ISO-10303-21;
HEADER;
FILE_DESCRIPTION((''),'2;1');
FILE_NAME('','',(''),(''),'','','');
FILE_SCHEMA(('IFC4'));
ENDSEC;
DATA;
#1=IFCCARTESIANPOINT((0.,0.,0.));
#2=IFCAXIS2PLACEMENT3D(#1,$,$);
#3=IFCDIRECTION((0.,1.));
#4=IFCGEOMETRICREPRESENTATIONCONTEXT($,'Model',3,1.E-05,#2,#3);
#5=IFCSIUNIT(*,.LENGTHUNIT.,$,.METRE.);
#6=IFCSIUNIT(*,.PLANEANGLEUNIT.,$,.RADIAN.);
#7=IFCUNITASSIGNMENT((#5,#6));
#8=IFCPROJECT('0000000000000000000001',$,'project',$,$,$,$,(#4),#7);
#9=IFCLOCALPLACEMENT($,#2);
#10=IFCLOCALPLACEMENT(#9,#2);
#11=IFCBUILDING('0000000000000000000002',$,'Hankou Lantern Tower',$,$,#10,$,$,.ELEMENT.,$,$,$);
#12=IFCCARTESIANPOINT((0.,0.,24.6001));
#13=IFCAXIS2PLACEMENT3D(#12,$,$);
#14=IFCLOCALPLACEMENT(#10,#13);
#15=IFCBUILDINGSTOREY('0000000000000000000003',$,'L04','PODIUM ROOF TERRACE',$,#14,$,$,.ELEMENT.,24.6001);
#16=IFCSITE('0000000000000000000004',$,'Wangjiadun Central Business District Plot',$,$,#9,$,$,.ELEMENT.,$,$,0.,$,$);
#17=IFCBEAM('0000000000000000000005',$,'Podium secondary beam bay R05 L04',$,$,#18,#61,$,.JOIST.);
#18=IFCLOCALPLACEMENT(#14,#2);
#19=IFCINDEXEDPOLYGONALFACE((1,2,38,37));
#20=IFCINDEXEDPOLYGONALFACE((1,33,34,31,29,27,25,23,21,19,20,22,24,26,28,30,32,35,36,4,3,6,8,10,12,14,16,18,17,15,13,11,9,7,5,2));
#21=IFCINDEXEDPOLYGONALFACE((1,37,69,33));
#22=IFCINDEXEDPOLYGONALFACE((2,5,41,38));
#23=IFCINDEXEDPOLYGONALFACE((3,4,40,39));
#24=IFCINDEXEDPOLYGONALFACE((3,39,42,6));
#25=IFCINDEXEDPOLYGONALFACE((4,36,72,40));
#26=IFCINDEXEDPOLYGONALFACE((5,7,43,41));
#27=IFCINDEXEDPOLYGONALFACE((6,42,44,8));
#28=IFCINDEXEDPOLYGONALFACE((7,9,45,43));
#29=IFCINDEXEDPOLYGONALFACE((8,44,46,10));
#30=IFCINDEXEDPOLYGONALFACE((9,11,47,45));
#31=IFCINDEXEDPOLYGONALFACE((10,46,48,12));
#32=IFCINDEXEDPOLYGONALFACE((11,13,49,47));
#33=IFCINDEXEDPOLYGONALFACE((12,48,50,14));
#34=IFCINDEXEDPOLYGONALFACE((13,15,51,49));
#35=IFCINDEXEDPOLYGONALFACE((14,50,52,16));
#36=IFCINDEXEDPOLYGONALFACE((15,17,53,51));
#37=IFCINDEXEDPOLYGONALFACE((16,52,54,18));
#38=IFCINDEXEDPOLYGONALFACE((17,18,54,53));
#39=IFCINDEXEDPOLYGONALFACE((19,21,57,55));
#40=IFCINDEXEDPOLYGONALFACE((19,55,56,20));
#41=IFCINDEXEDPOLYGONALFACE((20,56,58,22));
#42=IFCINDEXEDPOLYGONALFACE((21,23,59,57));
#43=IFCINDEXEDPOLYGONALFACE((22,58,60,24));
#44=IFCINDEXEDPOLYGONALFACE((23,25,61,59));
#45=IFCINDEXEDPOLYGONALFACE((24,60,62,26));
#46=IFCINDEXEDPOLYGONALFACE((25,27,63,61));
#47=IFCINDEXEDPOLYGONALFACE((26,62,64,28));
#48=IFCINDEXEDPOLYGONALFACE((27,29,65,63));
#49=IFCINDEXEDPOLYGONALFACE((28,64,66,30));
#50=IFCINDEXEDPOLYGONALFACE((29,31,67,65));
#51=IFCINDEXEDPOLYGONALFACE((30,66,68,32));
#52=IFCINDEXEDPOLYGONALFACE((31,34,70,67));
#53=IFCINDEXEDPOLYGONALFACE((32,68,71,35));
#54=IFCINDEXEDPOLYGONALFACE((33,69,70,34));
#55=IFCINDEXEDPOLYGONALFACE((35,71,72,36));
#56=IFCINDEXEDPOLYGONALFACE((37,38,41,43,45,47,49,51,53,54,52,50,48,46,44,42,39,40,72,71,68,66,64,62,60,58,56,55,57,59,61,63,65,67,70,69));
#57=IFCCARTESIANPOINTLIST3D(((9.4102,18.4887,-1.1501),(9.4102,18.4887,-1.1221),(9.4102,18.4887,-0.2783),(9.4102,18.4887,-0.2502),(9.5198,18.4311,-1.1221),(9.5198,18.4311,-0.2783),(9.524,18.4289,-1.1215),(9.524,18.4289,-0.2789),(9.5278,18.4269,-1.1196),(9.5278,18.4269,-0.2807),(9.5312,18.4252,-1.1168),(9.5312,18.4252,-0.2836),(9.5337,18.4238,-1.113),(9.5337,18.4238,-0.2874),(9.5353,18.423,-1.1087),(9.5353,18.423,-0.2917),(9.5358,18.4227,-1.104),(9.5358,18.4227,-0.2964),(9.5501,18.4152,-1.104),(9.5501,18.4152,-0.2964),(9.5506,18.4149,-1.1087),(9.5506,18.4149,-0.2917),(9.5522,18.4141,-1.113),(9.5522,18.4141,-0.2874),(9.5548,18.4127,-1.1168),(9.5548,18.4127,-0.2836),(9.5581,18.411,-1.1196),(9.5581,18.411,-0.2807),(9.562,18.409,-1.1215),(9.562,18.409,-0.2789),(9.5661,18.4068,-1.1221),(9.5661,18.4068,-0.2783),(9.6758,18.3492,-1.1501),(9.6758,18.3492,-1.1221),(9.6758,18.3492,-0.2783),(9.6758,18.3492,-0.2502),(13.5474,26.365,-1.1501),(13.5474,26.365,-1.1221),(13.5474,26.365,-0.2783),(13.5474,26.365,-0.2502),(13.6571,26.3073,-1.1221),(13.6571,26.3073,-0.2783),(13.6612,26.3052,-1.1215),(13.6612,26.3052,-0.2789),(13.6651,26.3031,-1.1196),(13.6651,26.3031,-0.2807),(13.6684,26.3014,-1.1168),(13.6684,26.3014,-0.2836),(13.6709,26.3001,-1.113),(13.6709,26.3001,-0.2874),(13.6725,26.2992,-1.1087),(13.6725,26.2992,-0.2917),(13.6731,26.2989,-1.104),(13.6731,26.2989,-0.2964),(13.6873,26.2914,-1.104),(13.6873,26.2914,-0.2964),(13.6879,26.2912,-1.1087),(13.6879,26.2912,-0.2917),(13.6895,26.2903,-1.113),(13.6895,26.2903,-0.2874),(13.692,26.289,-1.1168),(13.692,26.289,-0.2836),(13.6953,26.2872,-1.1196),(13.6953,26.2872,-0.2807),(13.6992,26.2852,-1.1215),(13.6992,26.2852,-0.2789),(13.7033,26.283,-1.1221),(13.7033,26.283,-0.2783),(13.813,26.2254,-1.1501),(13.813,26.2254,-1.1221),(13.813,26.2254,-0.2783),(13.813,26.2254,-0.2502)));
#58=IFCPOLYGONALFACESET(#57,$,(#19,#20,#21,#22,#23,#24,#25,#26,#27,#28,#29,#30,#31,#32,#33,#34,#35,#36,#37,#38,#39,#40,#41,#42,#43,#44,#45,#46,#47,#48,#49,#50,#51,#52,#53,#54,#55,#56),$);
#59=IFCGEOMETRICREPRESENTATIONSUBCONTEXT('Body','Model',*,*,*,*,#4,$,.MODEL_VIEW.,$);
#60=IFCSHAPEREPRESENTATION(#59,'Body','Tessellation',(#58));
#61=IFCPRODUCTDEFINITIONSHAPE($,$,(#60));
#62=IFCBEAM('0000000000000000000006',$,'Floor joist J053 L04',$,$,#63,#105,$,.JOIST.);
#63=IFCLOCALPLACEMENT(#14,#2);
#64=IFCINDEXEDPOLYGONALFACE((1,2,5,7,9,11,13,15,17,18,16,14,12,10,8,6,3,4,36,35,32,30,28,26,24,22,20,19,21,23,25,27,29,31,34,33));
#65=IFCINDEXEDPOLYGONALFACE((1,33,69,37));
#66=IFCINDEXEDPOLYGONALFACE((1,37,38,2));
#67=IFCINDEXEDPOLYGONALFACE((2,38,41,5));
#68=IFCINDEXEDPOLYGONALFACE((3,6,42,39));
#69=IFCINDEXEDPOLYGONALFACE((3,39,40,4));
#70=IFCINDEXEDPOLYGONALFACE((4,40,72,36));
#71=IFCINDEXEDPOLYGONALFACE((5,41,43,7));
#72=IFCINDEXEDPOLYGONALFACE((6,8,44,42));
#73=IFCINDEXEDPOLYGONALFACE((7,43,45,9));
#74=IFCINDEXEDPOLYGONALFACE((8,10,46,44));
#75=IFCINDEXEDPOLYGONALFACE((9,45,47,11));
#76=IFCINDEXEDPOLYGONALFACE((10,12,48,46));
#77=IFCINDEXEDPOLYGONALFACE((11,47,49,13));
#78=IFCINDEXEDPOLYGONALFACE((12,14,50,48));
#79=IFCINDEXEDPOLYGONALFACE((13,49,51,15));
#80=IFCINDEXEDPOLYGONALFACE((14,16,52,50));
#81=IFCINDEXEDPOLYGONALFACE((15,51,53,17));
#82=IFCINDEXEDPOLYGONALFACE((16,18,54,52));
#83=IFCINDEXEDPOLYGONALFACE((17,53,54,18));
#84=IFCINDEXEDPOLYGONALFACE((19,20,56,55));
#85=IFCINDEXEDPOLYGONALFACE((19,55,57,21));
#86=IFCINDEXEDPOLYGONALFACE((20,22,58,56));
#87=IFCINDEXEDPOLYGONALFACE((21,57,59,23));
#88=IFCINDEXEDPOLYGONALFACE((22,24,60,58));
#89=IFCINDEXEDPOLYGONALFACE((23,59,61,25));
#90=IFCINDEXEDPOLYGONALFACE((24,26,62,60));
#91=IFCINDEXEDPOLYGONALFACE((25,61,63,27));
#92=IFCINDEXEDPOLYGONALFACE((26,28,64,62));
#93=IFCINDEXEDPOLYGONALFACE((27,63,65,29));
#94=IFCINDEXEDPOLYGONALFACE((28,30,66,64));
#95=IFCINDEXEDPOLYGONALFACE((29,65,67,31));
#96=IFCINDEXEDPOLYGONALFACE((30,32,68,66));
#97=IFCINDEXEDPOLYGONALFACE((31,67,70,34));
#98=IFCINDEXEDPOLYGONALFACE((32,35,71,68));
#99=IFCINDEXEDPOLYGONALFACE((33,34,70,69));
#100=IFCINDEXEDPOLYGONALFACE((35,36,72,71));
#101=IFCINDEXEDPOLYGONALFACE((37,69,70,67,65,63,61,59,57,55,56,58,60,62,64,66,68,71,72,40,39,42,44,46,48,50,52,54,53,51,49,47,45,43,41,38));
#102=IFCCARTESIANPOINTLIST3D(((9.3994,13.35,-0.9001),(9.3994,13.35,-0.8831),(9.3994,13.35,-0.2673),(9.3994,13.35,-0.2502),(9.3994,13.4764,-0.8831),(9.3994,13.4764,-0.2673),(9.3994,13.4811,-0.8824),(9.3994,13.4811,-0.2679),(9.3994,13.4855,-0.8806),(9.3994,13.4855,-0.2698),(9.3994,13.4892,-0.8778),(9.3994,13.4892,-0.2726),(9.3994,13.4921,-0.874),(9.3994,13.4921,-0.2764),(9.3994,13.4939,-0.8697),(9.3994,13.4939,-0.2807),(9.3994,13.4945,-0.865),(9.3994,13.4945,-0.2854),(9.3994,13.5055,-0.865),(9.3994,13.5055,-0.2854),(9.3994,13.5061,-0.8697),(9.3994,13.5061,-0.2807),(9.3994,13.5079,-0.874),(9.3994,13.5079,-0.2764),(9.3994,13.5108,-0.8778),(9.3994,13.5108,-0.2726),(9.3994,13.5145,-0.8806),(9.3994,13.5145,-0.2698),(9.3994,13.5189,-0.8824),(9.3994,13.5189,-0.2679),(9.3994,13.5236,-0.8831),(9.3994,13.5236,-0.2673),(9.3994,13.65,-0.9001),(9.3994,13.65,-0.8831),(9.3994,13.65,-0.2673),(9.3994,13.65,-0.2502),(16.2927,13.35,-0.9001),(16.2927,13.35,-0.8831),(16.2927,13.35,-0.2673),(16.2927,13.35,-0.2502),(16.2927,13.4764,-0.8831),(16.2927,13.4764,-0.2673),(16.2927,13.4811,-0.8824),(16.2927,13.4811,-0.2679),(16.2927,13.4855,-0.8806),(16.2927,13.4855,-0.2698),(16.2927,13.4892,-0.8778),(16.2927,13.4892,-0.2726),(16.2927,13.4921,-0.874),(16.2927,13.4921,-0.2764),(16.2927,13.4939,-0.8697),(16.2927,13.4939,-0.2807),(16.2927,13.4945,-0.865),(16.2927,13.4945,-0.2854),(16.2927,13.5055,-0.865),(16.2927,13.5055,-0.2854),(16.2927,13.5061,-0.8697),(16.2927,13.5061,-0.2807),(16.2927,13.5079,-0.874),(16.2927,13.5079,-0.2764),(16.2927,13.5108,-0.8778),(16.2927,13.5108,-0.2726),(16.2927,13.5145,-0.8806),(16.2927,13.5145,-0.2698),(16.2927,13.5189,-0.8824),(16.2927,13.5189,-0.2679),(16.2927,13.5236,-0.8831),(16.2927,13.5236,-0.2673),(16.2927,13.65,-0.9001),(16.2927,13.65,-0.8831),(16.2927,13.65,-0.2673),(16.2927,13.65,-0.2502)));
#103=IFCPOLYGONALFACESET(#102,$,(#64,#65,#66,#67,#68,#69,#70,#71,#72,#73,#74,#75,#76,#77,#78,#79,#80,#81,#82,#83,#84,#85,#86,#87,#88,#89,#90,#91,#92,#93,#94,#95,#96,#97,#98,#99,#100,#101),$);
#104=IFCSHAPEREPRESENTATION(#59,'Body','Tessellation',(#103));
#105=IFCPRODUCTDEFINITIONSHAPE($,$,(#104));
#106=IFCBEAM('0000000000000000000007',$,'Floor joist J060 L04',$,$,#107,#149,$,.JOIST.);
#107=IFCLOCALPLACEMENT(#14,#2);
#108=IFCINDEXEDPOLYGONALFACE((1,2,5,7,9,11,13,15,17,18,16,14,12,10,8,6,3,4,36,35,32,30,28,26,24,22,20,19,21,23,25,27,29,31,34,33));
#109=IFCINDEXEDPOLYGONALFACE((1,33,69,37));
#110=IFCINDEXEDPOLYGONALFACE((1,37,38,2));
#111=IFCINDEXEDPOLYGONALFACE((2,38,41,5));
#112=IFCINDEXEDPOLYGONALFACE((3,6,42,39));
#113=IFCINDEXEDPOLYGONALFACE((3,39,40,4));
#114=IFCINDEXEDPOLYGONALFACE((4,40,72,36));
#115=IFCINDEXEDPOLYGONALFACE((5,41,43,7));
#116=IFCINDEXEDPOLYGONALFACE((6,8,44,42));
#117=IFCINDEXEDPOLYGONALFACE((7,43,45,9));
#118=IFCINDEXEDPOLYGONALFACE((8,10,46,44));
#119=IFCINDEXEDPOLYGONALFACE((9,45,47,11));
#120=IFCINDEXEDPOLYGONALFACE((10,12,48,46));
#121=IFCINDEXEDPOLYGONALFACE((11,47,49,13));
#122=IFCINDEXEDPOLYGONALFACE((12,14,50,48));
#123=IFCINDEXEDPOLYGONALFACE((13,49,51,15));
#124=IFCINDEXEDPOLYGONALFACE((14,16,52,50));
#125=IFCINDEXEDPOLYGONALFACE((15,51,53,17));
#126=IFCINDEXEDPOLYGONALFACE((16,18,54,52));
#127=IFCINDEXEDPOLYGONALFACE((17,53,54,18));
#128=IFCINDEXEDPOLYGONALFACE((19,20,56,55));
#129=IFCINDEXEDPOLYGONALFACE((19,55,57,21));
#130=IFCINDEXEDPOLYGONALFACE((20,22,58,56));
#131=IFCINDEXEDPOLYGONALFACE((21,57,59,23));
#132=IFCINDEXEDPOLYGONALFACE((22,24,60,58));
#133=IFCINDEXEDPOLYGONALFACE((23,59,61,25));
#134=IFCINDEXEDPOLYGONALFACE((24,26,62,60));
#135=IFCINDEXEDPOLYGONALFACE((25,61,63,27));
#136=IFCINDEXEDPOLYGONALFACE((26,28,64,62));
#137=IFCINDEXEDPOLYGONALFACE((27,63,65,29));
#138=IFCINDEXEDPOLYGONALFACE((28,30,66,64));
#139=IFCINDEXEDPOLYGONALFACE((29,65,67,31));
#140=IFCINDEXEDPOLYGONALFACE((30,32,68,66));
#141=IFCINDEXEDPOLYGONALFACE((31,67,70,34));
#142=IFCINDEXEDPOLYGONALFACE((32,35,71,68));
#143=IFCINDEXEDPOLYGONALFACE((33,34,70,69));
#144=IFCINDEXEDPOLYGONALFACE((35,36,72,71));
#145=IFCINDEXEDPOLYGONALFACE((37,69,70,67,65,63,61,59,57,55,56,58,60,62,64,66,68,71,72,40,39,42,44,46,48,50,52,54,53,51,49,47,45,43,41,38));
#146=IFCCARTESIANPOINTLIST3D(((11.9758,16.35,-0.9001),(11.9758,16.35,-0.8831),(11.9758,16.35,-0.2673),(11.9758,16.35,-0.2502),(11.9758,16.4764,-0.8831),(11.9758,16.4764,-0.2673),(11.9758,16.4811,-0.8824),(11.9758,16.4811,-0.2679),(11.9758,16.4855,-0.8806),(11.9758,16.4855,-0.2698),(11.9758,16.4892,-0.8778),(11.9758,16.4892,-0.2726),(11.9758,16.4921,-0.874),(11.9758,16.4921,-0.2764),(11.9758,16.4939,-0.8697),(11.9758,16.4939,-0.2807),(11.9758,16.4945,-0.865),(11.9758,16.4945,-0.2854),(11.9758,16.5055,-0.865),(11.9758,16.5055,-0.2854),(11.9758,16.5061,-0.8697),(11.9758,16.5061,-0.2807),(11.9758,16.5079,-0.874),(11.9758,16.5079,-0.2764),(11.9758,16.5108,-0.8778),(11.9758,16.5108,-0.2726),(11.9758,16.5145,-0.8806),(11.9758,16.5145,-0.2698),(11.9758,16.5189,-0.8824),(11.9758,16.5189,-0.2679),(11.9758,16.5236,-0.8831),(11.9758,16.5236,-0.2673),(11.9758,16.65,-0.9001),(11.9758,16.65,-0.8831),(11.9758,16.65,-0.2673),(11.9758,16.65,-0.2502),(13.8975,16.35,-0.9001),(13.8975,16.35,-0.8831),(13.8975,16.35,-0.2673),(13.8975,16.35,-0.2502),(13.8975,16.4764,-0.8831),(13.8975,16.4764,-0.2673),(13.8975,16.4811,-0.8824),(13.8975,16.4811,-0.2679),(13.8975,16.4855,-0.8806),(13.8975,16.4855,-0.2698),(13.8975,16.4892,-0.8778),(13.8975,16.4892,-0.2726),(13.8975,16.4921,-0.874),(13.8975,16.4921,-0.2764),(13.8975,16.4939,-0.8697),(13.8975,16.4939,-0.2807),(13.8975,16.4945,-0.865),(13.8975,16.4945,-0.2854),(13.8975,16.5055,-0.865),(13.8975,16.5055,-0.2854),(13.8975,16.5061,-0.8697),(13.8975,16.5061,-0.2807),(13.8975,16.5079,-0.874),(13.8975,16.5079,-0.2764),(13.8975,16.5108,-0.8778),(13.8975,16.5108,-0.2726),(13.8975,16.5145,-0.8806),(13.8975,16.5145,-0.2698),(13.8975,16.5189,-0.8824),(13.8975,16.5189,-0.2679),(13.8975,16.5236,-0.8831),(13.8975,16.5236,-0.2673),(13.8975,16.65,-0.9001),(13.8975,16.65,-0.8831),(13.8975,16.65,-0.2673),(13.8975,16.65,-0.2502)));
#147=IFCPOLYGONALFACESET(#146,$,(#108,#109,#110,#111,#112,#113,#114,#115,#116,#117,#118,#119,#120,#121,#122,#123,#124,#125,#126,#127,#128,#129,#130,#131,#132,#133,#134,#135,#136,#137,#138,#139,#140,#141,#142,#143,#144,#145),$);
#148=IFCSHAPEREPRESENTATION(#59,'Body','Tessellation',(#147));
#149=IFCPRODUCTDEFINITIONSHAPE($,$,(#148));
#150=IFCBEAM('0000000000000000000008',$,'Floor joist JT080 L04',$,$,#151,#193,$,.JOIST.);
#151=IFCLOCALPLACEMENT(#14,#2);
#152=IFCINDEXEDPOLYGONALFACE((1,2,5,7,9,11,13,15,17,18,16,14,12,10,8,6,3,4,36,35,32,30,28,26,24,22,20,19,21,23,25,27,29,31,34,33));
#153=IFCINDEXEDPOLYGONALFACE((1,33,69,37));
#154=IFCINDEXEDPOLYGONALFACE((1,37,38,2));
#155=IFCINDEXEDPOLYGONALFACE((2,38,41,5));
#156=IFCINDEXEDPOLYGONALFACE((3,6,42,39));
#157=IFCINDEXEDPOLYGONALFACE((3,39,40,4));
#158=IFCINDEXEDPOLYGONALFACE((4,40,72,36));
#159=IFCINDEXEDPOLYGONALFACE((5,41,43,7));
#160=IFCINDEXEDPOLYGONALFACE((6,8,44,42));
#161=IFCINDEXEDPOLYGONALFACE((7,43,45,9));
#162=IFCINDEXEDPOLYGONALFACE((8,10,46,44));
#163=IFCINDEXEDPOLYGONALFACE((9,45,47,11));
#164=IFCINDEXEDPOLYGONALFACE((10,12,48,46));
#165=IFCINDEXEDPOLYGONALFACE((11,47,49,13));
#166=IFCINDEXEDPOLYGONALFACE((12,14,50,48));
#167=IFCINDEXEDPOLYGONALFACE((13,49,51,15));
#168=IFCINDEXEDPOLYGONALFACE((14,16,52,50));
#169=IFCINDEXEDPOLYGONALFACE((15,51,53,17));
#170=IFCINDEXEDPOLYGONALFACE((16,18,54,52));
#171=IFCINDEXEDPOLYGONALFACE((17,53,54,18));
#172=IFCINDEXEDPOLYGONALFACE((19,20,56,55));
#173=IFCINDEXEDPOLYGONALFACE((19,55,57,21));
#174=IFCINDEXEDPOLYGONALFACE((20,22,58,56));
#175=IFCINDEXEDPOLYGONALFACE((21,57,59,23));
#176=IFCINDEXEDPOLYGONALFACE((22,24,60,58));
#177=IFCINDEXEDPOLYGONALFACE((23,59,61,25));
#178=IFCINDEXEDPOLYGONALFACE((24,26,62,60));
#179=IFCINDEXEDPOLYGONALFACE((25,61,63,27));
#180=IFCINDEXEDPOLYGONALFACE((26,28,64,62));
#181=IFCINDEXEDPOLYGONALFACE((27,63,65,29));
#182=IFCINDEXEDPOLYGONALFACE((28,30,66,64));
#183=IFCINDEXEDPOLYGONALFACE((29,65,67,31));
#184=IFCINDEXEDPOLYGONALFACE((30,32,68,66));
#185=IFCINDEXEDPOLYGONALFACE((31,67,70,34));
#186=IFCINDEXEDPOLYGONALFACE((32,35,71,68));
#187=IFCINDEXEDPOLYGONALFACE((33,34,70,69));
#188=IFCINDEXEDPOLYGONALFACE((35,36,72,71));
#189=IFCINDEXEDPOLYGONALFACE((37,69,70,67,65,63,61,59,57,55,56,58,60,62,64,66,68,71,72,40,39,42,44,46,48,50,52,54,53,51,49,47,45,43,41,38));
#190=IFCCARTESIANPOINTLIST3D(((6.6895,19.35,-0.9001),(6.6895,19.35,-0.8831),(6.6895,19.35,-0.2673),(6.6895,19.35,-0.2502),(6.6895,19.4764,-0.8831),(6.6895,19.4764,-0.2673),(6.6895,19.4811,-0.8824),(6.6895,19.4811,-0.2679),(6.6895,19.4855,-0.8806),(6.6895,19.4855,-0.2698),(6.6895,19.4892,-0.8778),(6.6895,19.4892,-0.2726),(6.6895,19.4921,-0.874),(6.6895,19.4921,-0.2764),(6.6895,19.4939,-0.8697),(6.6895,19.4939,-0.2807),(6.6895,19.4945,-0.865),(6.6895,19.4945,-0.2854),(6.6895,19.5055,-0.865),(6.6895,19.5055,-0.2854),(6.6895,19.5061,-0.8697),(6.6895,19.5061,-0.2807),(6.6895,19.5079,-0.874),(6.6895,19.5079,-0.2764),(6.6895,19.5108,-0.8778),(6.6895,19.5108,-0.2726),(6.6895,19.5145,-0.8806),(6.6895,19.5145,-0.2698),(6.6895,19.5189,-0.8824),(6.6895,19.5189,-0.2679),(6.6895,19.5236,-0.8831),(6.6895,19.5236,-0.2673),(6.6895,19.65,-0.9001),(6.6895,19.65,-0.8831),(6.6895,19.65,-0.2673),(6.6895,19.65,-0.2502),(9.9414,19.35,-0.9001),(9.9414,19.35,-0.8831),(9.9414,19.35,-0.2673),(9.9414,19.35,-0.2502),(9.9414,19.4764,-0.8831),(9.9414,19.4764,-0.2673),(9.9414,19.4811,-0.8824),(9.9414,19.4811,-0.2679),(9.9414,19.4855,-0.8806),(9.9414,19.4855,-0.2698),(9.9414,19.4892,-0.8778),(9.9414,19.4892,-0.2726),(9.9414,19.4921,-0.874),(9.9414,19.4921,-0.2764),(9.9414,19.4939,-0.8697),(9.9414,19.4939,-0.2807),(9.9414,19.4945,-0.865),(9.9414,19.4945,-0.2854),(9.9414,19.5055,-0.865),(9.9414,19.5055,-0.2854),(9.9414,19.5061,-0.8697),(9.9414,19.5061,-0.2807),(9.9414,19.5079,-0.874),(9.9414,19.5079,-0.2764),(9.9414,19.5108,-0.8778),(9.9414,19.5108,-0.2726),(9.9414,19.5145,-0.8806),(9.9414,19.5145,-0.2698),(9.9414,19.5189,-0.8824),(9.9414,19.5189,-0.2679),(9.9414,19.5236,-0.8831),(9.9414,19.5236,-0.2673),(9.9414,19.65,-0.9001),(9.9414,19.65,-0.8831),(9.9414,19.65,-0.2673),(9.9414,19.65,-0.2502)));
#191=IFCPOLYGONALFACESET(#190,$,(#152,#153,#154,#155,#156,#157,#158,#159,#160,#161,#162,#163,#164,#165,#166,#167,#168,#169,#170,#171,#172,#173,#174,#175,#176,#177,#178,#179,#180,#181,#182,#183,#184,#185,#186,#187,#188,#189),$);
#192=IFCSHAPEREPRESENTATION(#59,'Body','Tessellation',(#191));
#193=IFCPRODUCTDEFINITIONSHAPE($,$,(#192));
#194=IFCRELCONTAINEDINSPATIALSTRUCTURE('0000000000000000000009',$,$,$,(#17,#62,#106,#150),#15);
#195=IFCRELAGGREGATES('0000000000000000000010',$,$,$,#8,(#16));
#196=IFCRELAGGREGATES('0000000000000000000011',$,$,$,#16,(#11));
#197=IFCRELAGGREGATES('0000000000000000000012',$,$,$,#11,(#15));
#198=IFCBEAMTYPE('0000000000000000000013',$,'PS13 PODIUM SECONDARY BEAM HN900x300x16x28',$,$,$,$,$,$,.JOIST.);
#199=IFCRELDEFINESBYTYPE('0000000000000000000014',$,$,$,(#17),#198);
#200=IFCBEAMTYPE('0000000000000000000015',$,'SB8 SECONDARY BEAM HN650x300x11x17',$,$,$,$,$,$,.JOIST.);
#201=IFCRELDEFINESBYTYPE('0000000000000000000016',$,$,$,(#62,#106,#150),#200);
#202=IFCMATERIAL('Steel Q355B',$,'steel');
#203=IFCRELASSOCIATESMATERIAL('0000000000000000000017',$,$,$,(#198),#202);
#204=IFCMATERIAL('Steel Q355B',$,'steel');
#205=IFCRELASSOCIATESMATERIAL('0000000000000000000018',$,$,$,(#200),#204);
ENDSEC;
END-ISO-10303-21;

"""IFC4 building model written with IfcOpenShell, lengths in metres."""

from ifc_helpers import new_model, si_unit, direction, frame, origin, origin_2d, place, context, subcontext, project, spatial, i_section, extrude, material, material_profile, profile_set, type_object, element, save


model = new_model("IFC4")

# Units and contexts
model_context = context("Model", 3, precision=1e-05, world=origin(), true_north=direction((0.0, 1.0)))
body_context = subcontext(model_context, "Body", "Model", "MODEL_VIEW")
ifc_project = project(units=[si_unit("LENGTHUNIT", "METRE"), si_unit("PLANEANGLEUNIT", "RADIAN")], contexts=[model_context])

# Site, building, storey
site_placement = place(None, origin())
site = spatial("IfcSite", under=ifc_project, at=site_placement, Name="Wangjiadun Central Business District Plot", CompositionType="ELEMENT", RefElevation=0.0)
building_placement = place(site_placement, origin())
building = spatial("IfcBuilding", under=site, at=building_placement, Name="Hankou Lantern Tower", CompositionType="ELEMENT")
storey_placement = place(building_placement, frame((0.0, 0.0, 24.6001)))
storey = spatial("IfcBuildingStorey", under=building, at=storey_placement, Name="L04", Description="PODIUM ROOF TERRACE", CompositionType="ELEMENT", Elevation=24.6001)

# Beams
ifc_material_1 = material(Name="Steel Q355B", Category="steel")
ifc_material_profile_1 = material_profile(ifc_material_1, i_section(OverallWidth=0.3, OverallDepth=0.8999, WebThickness=0.0161, FlangeThickness=0.0281, FilletRadius=0.0181, at=origin_2d()), Name="HN900x300x16x28")
ifc_profile_set_1 = profile_set([ifc_material_profile_1], Name="Steel Q355B")
beam_type_1 = type_object("IfcBeamType", Name="PS13 PODIUM SECONDARY BEAM HN900x300x16x28", PredefinedType="JOIST", material=ifc_profile_set_1)
beam_1_placement = place(storey_placement, frame((9.543, 18.4189, -0.7002), z_axis=(0.465027, 0.885297, 0.0), x_axis=(-0.885297, 0.465027, 0.0)))
element("IfcBeam", 1, at=beam_1_placement, inside=storey, type_object=beam_type_1, Name="Podium secondary beam bay R05 L04", PredefinedType="JOIST", context=body_context, shape_type="SweptSolid", body=[
    extrude(i_section(OverallWidth=0.3, OverallDepth=0.8999, WebThickness=0.0161, FlangeThickness=0.0281, FilletRadius=0.0181, at=origin_2d()), origin(), (0.0, 0.0, 1.0), 8.8967),
])
ifc_material_2 = material(Name="Steel Q355B", Category="steel")
ifc_material_profile_2 = material_profile(ifc_material_2, i_section(OverallWidth=0.3, OverallDepth=0.6499, WebThickness=0.011, FlangeThickness=0.0171, FilletRadius=0.0181, at=origin_2d()), Name="HN650x300x11x17")
ifc_profile_set_2 = profile_set([ifc_material_profile_2], Name="Steel Q355B")
beam_type_2 = type_object("IfcBeamType", Name="SB8 SECONDARY BEAM HN650x300x11x17", PredefinedType="JOIST", material=ifc_profile_set_2)
beam_2_placement = place(storey_placement, frame((9.3994, 13.5, -0.5752), z_axis=(1.0, 0.0, 0.0), x_axis=(0.0, 1.0, 0.0)))
element("IfcBeam", 2, at=beam_2_placement, inside=storey, type_object=beam_type_2, Name="Floor joist J053 L04", PredefinedType="JOIST", context=body_context, shape_type="SweptSolid", body=[
    extrude(i_section(OverallWidth=0.3, OverallDepth=0.6499, WebThickness=0.011, FlangeThickness=0.0171, FilletRadius=0.0181, at=origin_2d()), origin(), (0.0, 0.0, 1.0), 6.8933),
])
beam_3_placement = place(storey_placement, frame((11.9758, 16.5, -0.5752), z_axis=(1.0, 0.0, 0.0), x_axis=(0.0, 1.0, 0.0)))
element("IfcBeam", 3, at=beam_3_placement, inside=storey, type_object=beam_type_2, Name="Floor joist J060 L04", PredefinedType="JOIST", context=body_context, shape_type="SweptSolid", body=[
    extrude(i_section(OverallWidth=0.3, OverallDepth=0.6499, WebThickness=0.011, FlangeThickness=0.0171, FilletRadius=0.0181, at=origin_2d()), origin(), (0.0, 0.0, 1.0), 1.9216),
])
beam_4_placement = place(storey_placement, frame((6.6895, 19.5, -0.5752), z_axis=(1.0, 0.0, 0.0), x_axis=(0.0, 1.0, 0.0)))
element("IfcBeam", 4, at=beam_4_placement, inside=storey, type_object=beam_type_2, Name="Floor joist JT080 L04", PredefinedType="JOIST", context=body_context, shape_type="SweptSolid", body=[
    extrude(i_section(OverallWidth=0.3, OverallDepth=0.6499, WebThickness=0.011, FlangeThickness=0.0171, FilletRadius=0.0181, at=origin_2d()), origin(), (0.0, 0.0, 1.0), 3.252),
])

save(model, "model.ifc")
